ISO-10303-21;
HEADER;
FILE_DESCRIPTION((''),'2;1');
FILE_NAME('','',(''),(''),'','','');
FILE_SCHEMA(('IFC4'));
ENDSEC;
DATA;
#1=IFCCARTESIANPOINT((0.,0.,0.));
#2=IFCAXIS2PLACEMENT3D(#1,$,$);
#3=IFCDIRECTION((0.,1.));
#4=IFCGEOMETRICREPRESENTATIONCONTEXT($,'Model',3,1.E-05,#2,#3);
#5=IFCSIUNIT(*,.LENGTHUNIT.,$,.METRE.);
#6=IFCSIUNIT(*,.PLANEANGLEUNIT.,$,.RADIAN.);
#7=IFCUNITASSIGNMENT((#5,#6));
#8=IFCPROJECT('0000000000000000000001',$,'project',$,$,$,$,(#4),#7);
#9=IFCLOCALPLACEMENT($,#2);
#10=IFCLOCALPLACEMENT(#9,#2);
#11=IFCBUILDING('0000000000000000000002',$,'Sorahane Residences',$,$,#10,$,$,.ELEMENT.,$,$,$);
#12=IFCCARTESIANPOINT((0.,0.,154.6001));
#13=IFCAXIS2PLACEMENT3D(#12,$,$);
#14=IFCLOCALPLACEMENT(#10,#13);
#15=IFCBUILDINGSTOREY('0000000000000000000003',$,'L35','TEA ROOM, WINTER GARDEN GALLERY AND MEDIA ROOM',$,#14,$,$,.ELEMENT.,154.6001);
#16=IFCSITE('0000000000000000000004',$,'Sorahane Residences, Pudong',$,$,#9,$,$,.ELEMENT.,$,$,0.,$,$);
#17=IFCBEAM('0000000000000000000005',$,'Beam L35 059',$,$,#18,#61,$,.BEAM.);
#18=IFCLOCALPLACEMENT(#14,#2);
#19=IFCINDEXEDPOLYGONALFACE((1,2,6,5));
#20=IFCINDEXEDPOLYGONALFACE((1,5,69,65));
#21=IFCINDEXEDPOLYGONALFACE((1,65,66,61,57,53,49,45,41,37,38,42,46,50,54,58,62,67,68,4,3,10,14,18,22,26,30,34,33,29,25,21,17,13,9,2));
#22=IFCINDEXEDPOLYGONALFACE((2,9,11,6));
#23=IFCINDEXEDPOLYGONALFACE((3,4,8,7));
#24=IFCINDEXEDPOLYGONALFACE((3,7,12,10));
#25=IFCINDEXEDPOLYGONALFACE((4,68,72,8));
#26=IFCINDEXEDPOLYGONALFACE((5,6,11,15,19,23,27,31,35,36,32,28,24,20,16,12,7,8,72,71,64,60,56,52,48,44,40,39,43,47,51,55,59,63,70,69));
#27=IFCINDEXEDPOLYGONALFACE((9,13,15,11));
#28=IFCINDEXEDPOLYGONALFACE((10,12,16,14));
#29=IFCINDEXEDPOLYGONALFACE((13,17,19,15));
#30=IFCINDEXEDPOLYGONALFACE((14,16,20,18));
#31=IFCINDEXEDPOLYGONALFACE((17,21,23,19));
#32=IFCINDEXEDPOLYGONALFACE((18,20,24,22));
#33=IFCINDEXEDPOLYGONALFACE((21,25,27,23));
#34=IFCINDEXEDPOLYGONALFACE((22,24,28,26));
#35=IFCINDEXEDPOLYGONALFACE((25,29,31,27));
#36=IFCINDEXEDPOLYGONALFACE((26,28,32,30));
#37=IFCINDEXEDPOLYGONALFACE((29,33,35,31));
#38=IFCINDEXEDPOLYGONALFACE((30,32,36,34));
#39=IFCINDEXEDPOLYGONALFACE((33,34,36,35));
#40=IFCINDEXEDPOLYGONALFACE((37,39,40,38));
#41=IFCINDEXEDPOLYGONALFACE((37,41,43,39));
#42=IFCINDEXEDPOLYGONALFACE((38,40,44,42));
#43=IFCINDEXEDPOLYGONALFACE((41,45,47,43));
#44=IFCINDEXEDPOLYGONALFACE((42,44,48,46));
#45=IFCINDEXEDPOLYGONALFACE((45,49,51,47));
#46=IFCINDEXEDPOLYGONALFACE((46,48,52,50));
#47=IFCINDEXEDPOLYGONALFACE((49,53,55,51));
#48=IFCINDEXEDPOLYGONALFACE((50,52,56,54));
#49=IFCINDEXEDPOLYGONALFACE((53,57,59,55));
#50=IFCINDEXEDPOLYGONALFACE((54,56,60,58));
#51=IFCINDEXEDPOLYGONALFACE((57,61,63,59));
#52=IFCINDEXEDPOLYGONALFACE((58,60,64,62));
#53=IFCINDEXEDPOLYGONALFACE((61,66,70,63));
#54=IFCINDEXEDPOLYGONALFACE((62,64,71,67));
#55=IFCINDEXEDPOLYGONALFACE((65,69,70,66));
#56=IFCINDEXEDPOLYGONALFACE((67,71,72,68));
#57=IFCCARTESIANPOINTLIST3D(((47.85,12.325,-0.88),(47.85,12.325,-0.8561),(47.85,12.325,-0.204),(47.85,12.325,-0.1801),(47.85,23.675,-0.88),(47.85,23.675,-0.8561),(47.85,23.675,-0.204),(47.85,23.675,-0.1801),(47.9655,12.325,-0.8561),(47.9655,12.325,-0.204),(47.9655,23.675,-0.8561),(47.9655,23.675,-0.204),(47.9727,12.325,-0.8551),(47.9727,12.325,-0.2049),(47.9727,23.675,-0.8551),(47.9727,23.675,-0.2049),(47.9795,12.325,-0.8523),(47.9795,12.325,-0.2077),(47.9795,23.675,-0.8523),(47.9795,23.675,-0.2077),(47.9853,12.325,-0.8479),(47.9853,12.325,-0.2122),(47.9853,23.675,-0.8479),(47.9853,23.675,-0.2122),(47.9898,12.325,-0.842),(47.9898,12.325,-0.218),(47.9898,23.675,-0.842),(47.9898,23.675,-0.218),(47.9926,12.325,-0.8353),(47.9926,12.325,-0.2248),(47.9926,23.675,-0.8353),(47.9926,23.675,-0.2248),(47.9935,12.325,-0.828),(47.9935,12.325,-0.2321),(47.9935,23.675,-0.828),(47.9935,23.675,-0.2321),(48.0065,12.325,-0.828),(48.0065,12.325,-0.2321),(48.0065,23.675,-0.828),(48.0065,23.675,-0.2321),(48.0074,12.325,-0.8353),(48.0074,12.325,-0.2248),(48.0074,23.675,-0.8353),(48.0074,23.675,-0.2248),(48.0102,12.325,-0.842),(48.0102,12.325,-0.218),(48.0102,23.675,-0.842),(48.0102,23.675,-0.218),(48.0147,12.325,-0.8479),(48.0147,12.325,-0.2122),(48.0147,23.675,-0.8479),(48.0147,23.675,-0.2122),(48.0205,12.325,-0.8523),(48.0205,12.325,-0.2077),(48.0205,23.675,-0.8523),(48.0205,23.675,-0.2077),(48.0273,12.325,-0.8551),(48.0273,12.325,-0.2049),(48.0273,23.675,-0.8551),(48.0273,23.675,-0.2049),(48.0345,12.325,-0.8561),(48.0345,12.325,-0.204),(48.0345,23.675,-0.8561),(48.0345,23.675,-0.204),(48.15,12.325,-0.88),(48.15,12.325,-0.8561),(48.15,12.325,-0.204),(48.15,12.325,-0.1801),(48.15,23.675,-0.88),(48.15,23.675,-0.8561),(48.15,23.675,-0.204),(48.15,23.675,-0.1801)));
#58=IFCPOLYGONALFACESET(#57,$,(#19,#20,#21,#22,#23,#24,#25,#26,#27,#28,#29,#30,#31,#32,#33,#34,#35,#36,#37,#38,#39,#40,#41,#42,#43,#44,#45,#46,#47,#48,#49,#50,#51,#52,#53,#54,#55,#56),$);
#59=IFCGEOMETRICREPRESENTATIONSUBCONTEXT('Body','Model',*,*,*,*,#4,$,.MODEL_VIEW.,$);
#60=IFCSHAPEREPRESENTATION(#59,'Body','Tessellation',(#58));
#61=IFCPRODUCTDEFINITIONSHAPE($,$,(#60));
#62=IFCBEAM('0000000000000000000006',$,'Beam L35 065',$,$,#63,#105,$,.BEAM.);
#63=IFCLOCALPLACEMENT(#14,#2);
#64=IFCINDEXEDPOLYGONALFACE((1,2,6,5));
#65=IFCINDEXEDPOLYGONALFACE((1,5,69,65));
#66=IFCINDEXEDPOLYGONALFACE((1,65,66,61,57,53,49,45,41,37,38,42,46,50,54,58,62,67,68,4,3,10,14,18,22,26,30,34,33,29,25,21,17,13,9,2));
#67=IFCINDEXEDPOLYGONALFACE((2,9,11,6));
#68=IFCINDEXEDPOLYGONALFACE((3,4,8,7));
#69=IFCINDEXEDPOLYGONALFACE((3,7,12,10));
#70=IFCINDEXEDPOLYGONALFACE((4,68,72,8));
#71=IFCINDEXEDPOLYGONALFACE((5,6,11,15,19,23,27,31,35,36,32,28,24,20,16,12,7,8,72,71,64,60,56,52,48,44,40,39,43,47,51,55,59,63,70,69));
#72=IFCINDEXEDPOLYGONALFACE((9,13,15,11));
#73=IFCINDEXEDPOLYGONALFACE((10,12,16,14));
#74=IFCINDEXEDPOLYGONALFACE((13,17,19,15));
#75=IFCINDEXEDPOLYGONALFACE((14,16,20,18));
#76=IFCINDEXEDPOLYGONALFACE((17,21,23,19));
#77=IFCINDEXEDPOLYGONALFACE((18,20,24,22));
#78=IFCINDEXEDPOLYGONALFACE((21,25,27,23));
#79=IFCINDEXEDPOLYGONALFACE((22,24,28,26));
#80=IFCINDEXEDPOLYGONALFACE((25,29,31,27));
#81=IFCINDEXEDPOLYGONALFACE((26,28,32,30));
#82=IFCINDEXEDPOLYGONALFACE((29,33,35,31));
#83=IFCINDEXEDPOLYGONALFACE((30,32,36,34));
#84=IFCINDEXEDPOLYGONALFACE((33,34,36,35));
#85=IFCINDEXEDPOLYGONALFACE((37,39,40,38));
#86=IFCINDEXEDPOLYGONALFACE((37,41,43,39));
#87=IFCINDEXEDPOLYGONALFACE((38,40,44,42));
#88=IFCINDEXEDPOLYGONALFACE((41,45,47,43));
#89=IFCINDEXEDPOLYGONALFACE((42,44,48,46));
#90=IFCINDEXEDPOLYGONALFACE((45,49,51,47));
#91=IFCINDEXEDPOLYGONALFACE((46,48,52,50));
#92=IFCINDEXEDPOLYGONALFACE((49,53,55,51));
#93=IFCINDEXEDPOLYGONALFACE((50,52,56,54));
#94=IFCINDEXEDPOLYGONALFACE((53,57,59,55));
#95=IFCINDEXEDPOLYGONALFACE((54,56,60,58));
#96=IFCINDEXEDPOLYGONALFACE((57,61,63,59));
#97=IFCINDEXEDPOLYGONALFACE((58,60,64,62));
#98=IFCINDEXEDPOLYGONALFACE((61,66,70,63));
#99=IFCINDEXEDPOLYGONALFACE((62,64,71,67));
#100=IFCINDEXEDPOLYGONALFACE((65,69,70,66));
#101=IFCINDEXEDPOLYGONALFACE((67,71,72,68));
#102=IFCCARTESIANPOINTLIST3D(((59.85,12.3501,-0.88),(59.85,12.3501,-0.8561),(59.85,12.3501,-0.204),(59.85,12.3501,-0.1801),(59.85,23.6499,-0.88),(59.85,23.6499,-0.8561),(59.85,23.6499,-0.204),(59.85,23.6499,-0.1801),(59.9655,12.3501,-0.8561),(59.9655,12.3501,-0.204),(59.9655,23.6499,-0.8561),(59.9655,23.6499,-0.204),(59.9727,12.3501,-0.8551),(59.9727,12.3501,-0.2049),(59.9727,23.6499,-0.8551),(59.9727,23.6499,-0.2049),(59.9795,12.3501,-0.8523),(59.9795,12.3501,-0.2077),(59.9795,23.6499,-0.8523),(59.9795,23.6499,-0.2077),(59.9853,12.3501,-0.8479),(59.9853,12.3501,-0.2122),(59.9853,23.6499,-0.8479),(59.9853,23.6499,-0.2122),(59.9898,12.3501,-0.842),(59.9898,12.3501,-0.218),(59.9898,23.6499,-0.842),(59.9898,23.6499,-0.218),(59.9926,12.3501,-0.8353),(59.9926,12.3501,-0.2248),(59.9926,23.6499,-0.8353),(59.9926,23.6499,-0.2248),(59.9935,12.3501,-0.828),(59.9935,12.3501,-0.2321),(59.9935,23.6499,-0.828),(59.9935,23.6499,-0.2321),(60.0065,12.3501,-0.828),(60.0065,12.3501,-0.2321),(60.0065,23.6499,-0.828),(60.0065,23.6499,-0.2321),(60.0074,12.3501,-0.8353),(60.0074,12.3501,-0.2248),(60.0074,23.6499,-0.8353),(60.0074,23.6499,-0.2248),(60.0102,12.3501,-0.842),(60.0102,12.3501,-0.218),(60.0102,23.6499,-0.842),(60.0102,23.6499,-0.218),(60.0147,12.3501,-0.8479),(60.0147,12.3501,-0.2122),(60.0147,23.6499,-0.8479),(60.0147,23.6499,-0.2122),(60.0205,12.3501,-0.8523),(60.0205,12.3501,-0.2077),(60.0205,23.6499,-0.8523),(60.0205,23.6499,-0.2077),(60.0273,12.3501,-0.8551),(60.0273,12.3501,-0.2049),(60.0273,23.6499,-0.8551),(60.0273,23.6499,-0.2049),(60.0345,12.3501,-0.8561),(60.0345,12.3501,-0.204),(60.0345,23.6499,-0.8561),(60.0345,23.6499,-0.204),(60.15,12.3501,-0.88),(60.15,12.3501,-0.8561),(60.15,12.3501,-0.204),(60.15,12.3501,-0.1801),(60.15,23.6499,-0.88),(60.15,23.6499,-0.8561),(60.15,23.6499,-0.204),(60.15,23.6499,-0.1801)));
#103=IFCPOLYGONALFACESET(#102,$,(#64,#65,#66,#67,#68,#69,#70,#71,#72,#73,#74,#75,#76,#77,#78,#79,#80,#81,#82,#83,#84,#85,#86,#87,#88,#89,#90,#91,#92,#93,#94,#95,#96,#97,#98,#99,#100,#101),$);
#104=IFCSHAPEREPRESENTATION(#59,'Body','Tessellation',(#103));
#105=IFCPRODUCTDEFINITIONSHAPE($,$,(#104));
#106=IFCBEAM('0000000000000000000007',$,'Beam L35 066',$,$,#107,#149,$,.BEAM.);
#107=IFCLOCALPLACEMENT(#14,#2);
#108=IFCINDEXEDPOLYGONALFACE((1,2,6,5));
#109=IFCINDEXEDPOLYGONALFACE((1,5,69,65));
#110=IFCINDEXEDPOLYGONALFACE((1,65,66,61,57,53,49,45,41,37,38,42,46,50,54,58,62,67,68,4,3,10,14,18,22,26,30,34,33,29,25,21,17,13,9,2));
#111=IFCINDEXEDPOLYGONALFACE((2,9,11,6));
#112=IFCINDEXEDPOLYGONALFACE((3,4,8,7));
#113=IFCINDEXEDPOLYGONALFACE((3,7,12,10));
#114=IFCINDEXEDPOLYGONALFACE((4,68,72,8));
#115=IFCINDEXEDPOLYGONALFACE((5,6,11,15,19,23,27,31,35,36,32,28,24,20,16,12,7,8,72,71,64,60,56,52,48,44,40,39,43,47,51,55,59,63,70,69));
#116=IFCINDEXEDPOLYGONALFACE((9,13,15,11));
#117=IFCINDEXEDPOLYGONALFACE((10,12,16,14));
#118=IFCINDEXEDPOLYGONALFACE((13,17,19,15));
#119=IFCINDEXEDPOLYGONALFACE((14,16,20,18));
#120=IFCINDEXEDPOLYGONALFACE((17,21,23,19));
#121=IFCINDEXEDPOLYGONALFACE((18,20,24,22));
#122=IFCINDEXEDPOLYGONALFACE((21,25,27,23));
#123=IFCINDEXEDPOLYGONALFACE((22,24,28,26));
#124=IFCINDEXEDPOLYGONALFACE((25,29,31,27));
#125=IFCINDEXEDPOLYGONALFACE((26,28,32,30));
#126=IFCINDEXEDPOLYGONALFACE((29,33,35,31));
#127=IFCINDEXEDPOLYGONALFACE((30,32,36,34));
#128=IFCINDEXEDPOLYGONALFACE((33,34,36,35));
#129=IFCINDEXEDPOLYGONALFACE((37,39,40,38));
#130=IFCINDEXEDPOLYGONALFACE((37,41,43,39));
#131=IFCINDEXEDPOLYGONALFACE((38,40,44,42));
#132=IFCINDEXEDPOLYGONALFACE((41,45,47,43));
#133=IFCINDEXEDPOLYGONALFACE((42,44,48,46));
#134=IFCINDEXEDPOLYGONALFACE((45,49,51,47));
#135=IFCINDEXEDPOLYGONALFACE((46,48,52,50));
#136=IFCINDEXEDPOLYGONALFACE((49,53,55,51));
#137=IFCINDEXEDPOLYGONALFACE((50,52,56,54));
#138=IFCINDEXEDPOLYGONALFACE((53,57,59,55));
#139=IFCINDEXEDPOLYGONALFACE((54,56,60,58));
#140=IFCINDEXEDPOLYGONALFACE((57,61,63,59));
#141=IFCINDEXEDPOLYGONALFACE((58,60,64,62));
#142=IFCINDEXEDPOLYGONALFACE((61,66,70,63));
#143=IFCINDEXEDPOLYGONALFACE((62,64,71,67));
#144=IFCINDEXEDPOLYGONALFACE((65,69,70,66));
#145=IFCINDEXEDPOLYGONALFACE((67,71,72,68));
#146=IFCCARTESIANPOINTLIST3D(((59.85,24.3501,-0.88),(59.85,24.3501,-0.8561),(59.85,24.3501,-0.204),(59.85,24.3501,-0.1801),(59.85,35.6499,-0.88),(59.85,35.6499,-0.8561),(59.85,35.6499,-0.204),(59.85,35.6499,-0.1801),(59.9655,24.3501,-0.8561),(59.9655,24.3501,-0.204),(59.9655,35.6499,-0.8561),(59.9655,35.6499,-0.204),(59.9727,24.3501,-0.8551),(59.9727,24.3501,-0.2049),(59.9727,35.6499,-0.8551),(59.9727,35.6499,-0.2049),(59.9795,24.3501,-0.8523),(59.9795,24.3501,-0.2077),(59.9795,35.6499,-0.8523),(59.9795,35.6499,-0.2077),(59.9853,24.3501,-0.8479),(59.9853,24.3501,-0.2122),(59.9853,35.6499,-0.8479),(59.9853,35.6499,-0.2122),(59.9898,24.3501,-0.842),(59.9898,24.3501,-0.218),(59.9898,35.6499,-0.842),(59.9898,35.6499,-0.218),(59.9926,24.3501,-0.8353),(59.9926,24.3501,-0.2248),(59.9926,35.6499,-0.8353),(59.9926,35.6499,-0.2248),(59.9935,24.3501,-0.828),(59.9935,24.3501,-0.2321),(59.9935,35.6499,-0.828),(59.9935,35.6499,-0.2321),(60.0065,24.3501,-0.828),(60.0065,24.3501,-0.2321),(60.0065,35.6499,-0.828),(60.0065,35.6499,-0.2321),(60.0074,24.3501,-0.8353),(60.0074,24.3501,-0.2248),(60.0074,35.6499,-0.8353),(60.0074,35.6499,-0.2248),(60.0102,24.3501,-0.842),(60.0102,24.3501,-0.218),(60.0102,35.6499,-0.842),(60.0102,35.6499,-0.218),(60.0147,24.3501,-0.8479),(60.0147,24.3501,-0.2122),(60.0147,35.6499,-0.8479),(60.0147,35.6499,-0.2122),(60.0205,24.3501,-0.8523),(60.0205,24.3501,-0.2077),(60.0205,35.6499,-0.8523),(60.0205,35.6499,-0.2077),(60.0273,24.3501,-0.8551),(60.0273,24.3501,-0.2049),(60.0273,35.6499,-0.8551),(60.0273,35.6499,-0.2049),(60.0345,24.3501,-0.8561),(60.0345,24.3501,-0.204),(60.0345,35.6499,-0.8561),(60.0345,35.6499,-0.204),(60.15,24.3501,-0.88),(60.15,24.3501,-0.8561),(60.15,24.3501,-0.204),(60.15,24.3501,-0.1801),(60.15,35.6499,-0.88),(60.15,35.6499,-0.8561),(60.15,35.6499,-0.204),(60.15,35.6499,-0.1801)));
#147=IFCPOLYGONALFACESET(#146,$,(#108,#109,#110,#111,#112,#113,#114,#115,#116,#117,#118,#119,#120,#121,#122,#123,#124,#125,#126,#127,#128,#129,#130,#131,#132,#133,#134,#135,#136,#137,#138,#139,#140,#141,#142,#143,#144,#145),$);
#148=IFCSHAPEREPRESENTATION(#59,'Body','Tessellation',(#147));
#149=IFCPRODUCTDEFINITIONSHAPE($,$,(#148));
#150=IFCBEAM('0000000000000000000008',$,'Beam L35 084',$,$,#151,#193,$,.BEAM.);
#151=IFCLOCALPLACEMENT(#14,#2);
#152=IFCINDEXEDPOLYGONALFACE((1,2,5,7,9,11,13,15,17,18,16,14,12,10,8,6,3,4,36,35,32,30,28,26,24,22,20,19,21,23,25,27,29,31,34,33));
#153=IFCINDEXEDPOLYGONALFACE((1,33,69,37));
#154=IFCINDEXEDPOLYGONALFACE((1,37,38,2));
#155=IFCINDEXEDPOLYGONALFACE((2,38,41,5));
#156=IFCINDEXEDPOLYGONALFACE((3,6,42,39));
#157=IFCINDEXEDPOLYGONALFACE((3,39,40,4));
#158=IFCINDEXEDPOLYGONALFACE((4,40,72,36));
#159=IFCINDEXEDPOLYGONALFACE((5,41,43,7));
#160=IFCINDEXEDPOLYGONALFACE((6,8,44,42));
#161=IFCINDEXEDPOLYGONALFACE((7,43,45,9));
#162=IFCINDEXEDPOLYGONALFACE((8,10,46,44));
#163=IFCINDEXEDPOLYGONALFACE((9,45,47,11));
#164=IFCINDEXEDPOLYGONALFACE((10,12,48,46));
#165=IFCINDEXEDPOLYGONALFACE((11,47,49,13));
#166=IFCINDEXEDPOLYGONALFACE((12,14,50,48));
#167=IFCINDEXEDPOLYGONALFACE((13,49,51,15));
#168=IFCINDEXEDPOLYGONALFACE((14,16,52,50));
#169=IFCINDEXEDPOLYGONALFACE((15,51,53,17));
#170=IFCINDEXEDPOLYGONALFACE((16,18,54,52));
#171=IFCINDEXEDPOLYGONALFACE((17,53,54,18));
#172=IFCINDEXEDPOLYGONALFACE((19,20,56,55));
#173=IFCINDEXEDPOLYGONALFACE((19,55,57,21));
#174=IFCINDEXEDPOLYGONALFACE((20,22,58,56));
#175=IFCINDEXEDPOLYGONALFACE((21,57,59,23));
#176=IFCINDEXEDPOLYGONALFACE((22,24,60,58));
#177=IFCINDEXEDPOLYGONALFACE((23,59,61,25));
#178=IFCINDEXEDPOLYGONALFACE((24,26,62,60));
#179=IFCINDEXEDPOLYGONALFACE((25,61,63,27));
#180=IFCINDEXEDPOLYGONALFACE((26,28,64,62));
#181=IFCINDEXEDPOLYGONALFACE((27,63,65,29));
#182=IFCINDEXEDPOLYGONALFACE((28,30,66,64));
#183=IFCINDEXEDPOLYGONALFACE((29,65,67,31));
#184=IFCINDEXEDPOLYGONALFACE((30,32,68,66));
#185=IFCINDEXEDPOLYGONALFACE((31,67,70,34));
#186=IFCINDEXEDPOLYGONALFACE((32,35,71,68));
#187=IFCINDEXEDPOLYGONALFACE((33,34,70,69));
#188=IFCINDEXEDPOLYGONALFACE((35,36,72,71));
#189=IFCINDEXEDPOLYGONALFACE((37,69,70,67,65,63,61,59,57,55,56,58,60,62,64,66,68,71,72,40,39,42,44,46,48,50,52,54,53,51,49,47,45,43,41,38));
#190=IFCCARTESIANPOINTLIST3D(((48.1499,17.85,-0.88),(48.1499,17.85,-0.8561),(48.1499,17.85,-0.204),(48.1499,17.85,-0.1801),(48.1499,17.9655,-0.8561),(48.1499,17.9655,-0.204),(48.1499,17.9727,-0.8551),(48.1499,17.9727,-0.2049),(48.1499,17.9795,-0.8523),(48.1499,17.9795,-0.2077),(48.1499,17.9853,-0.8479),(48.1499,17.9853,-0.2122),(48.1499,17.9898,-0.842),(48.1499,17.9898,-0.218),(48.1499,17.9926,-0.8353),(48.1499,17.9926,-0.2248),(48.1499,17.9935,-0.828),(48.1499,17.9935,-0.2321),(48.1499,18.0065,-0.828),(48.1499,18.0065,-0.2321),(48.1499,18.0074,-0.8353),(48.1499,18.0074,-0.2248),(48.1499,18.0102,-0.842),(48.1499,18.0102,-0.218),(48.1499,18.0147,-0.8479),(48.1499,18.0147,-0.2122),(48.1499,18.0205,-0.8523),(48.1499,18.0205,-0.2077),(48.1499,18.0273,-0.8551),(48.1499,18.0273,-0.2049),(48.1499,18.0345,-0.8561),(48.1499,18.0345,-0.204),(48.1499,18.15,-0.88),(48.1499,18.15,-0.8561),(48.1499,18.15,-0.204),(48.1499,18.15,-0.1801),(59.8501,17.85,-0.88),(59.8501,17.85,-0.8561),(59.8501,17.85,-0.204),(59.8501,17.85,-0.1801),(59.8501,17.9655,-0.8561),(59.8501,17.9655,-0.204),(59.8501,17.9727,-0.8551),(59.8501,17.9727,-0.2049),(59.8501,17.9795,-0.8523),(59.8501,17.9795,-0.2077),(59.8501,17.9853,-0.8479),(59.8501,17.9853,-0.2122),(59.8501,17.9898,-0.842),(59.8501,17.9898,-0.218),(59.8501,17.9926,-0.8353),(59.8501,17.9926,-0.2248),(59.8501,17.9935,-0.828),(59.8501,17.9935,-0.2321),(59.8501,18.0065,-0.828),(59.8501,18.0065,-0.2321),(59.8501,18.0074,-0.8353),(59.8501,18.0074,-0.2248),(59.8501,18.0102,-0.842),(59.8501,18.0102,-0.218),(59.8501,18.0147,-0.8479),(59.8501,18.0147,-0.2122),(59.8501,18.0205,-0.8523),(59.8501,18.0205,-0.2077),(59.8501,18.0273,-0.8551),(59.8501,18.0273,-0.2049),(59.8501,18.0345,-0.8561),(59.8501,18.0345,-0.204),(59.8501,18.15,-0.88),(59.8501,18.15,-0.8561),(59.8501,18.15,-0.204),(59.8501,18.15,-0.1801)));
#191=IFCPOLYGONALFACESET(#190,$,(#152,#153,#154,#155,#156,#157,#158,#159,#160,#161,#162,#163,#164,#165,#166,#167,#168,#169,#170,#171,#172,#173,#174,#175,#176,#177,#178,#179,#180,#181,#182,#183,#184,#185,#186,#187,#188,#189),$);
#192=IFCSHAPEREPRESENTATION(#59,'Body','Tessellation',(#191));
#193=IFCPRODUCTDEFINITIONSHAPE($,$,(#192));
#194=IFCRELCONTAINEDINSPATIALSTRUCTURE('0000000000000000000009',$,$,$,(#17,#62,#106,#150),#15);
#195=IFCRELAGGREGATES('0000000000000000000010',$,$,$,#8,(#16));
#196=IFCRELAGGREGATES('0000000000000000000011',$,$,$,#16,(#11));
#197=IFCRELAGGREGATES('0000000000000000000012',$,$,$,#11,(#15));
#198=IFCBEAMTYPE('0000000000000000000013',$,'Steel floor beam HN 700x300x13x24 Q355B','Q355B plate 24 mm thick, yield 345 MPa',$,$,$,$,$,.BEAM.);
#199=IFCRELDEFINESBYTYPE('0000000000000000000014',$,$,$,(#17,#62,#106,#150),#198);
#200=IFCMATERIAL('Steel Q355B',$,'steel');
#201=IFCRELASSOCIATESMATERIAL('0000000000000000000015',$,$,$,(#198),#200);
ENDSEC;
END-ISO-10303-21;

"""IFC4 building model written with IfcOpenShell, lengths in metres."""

from ifc_helpers import new_model, si_unit, direction, frame, origin, origin_2d, place, context, subcontext, project, spatial, i_section, extrude, material, material_profile, profile_set, type_object, element, save


model = new_model("IFC4")

# Units and contexts
model_context = context("Model", 3, precision=1e-05, world=origin(), true_north=direction((0.0, 1.0)))
body_context = subcontext(model_context, "Body", "Model", "MODEL_VIEW")
ifc_project = project(units=[si_unit("LENGTHUNIT", "METRE"), si_unit("PLANEANGLEUNIT", "RADIAN")], contexts=[model_context])

# Site, building, storey
site_placement = place(None, origin())
site = spatial("IfcSite", under=ifc_project, at=site_placement, Name="Sorahane Residences, Pudong", CompositionType="ELEMENT", RefElevation=0.0)
building_placement = place(site_placement, origin())
building = spatial("IfcBuilding", under=site, at=building_placement, Name="Sorahane Residences", CompositionType="ELEMENT")
storey_placement = place(building_placement, frame((0.0, 0.0, 154.6001)))
storey = spatial("IfcBuildingStorey", under=building, at=storey_placement, Name="L35", Description="TEA ROOM, WINTER GARDEN GALLERY AND MEDIA ROOM", CompositionType="ELEMENT", Elevation=154.6001)

# Beams
ifc_material_1 = material(Name="Steel Q355B", Category="steel")
ifc_material_profile_1 = material_profile(ifc_material_1, i_section(OverallWidth=0.3, OverallDepth=0.7, WebThickness=0.0129, FlangeThickness=0.0239, FilletRadius=0.0281, at=origin_2d()), Name="HN 700x300x13x24")
ifc_profile_set_1 = profile_set([ifc_material_profile_1], Name="Steel Q355B")
beam_type_1 = type_object("IfcBeamType", Name="Steel floor beam HN 700x300x13x24 Q355B", Description="Q355B plate 24 mm thick, yield 345 MPa", PredefinedType="BEAM", material=ifc_profile_set_1)
beam_1_placement = place(storey_placement, frame((48.0, 12.325, -0.53), z_axis=(0.0, 1.0, 0.0), x_axis=(-1.0, 0.0, 0.0)))
element("IfcBeam", 1, at=beam_1_placement, inside=storey, type_object=beam_type_1, Name="Beam L35 059", PredefinedType="BEAM", context=body_context, shape_type="SweptSolid", body=[
    extrude(i_section(OverallWidth=0.3, OverallDepth=0.7, WebThickness=0.0129, FlangeThickness=0.0239, FilletRadius=0.0281, at=origin_2d()), origin(), (0.0, 0.0, 1.0), 11.3501),
])
for number, where, z_axis, x_axis, name in (
    (2, (60.0, 12.3501, -0.53), (0.0, 1.0, 0.0), (-1.0, 0.0, 0.0), "Beam L35 065"),
    (3, (60.0, 24.3501, -0.53), (0.0, 1.0, 0.0), (-1.0, 0.0, 0.0), "Beam L35 066"),
):
    element("IfcBeam", number, at=place(storey_placement, frame(where, z_axis=z_axis, x_axis=x_axis)), inside=storey, type_object=beam_type_1, Name=name, PredefinedType="BEAM", context=body_context, shape_type="SweptSolid", body=[
        extrude(i_section(OverallWidth=0.3, OverallDepth=0.7, WebThickness=0.0129, FlangeThickness=0.0239, FilletRadius=0.0281, at=origin_2d()), origin(), (0.0, 0.0, 1.0), 11.2998),
    ])
beam_2_placement = place(storey_placement, frame((48.1499, 18.0, -0.53), z_axis=(1.0, 0.0, 0.0), x_axis=(0.0, 1.0, 0.0)))
element("IfcBeam", 4, at=beam_2_placement, inside=storey, type_object=beam_type_1, Name="Beam L35 084", PredefinedType="BEAM", context=body_context, shape_type="SweptSolid", body=[
    extrude(i_section(OverallWidth=0.3, OverallDepth=0.7, WebThickness=0.0129, FlangeThickness=0.0239, FilletRadius=0.0281, at=origin_2d()), origin(), (0.0, 0.0, 1.0), 11.7002),
])

save(model, "model.ifc")
